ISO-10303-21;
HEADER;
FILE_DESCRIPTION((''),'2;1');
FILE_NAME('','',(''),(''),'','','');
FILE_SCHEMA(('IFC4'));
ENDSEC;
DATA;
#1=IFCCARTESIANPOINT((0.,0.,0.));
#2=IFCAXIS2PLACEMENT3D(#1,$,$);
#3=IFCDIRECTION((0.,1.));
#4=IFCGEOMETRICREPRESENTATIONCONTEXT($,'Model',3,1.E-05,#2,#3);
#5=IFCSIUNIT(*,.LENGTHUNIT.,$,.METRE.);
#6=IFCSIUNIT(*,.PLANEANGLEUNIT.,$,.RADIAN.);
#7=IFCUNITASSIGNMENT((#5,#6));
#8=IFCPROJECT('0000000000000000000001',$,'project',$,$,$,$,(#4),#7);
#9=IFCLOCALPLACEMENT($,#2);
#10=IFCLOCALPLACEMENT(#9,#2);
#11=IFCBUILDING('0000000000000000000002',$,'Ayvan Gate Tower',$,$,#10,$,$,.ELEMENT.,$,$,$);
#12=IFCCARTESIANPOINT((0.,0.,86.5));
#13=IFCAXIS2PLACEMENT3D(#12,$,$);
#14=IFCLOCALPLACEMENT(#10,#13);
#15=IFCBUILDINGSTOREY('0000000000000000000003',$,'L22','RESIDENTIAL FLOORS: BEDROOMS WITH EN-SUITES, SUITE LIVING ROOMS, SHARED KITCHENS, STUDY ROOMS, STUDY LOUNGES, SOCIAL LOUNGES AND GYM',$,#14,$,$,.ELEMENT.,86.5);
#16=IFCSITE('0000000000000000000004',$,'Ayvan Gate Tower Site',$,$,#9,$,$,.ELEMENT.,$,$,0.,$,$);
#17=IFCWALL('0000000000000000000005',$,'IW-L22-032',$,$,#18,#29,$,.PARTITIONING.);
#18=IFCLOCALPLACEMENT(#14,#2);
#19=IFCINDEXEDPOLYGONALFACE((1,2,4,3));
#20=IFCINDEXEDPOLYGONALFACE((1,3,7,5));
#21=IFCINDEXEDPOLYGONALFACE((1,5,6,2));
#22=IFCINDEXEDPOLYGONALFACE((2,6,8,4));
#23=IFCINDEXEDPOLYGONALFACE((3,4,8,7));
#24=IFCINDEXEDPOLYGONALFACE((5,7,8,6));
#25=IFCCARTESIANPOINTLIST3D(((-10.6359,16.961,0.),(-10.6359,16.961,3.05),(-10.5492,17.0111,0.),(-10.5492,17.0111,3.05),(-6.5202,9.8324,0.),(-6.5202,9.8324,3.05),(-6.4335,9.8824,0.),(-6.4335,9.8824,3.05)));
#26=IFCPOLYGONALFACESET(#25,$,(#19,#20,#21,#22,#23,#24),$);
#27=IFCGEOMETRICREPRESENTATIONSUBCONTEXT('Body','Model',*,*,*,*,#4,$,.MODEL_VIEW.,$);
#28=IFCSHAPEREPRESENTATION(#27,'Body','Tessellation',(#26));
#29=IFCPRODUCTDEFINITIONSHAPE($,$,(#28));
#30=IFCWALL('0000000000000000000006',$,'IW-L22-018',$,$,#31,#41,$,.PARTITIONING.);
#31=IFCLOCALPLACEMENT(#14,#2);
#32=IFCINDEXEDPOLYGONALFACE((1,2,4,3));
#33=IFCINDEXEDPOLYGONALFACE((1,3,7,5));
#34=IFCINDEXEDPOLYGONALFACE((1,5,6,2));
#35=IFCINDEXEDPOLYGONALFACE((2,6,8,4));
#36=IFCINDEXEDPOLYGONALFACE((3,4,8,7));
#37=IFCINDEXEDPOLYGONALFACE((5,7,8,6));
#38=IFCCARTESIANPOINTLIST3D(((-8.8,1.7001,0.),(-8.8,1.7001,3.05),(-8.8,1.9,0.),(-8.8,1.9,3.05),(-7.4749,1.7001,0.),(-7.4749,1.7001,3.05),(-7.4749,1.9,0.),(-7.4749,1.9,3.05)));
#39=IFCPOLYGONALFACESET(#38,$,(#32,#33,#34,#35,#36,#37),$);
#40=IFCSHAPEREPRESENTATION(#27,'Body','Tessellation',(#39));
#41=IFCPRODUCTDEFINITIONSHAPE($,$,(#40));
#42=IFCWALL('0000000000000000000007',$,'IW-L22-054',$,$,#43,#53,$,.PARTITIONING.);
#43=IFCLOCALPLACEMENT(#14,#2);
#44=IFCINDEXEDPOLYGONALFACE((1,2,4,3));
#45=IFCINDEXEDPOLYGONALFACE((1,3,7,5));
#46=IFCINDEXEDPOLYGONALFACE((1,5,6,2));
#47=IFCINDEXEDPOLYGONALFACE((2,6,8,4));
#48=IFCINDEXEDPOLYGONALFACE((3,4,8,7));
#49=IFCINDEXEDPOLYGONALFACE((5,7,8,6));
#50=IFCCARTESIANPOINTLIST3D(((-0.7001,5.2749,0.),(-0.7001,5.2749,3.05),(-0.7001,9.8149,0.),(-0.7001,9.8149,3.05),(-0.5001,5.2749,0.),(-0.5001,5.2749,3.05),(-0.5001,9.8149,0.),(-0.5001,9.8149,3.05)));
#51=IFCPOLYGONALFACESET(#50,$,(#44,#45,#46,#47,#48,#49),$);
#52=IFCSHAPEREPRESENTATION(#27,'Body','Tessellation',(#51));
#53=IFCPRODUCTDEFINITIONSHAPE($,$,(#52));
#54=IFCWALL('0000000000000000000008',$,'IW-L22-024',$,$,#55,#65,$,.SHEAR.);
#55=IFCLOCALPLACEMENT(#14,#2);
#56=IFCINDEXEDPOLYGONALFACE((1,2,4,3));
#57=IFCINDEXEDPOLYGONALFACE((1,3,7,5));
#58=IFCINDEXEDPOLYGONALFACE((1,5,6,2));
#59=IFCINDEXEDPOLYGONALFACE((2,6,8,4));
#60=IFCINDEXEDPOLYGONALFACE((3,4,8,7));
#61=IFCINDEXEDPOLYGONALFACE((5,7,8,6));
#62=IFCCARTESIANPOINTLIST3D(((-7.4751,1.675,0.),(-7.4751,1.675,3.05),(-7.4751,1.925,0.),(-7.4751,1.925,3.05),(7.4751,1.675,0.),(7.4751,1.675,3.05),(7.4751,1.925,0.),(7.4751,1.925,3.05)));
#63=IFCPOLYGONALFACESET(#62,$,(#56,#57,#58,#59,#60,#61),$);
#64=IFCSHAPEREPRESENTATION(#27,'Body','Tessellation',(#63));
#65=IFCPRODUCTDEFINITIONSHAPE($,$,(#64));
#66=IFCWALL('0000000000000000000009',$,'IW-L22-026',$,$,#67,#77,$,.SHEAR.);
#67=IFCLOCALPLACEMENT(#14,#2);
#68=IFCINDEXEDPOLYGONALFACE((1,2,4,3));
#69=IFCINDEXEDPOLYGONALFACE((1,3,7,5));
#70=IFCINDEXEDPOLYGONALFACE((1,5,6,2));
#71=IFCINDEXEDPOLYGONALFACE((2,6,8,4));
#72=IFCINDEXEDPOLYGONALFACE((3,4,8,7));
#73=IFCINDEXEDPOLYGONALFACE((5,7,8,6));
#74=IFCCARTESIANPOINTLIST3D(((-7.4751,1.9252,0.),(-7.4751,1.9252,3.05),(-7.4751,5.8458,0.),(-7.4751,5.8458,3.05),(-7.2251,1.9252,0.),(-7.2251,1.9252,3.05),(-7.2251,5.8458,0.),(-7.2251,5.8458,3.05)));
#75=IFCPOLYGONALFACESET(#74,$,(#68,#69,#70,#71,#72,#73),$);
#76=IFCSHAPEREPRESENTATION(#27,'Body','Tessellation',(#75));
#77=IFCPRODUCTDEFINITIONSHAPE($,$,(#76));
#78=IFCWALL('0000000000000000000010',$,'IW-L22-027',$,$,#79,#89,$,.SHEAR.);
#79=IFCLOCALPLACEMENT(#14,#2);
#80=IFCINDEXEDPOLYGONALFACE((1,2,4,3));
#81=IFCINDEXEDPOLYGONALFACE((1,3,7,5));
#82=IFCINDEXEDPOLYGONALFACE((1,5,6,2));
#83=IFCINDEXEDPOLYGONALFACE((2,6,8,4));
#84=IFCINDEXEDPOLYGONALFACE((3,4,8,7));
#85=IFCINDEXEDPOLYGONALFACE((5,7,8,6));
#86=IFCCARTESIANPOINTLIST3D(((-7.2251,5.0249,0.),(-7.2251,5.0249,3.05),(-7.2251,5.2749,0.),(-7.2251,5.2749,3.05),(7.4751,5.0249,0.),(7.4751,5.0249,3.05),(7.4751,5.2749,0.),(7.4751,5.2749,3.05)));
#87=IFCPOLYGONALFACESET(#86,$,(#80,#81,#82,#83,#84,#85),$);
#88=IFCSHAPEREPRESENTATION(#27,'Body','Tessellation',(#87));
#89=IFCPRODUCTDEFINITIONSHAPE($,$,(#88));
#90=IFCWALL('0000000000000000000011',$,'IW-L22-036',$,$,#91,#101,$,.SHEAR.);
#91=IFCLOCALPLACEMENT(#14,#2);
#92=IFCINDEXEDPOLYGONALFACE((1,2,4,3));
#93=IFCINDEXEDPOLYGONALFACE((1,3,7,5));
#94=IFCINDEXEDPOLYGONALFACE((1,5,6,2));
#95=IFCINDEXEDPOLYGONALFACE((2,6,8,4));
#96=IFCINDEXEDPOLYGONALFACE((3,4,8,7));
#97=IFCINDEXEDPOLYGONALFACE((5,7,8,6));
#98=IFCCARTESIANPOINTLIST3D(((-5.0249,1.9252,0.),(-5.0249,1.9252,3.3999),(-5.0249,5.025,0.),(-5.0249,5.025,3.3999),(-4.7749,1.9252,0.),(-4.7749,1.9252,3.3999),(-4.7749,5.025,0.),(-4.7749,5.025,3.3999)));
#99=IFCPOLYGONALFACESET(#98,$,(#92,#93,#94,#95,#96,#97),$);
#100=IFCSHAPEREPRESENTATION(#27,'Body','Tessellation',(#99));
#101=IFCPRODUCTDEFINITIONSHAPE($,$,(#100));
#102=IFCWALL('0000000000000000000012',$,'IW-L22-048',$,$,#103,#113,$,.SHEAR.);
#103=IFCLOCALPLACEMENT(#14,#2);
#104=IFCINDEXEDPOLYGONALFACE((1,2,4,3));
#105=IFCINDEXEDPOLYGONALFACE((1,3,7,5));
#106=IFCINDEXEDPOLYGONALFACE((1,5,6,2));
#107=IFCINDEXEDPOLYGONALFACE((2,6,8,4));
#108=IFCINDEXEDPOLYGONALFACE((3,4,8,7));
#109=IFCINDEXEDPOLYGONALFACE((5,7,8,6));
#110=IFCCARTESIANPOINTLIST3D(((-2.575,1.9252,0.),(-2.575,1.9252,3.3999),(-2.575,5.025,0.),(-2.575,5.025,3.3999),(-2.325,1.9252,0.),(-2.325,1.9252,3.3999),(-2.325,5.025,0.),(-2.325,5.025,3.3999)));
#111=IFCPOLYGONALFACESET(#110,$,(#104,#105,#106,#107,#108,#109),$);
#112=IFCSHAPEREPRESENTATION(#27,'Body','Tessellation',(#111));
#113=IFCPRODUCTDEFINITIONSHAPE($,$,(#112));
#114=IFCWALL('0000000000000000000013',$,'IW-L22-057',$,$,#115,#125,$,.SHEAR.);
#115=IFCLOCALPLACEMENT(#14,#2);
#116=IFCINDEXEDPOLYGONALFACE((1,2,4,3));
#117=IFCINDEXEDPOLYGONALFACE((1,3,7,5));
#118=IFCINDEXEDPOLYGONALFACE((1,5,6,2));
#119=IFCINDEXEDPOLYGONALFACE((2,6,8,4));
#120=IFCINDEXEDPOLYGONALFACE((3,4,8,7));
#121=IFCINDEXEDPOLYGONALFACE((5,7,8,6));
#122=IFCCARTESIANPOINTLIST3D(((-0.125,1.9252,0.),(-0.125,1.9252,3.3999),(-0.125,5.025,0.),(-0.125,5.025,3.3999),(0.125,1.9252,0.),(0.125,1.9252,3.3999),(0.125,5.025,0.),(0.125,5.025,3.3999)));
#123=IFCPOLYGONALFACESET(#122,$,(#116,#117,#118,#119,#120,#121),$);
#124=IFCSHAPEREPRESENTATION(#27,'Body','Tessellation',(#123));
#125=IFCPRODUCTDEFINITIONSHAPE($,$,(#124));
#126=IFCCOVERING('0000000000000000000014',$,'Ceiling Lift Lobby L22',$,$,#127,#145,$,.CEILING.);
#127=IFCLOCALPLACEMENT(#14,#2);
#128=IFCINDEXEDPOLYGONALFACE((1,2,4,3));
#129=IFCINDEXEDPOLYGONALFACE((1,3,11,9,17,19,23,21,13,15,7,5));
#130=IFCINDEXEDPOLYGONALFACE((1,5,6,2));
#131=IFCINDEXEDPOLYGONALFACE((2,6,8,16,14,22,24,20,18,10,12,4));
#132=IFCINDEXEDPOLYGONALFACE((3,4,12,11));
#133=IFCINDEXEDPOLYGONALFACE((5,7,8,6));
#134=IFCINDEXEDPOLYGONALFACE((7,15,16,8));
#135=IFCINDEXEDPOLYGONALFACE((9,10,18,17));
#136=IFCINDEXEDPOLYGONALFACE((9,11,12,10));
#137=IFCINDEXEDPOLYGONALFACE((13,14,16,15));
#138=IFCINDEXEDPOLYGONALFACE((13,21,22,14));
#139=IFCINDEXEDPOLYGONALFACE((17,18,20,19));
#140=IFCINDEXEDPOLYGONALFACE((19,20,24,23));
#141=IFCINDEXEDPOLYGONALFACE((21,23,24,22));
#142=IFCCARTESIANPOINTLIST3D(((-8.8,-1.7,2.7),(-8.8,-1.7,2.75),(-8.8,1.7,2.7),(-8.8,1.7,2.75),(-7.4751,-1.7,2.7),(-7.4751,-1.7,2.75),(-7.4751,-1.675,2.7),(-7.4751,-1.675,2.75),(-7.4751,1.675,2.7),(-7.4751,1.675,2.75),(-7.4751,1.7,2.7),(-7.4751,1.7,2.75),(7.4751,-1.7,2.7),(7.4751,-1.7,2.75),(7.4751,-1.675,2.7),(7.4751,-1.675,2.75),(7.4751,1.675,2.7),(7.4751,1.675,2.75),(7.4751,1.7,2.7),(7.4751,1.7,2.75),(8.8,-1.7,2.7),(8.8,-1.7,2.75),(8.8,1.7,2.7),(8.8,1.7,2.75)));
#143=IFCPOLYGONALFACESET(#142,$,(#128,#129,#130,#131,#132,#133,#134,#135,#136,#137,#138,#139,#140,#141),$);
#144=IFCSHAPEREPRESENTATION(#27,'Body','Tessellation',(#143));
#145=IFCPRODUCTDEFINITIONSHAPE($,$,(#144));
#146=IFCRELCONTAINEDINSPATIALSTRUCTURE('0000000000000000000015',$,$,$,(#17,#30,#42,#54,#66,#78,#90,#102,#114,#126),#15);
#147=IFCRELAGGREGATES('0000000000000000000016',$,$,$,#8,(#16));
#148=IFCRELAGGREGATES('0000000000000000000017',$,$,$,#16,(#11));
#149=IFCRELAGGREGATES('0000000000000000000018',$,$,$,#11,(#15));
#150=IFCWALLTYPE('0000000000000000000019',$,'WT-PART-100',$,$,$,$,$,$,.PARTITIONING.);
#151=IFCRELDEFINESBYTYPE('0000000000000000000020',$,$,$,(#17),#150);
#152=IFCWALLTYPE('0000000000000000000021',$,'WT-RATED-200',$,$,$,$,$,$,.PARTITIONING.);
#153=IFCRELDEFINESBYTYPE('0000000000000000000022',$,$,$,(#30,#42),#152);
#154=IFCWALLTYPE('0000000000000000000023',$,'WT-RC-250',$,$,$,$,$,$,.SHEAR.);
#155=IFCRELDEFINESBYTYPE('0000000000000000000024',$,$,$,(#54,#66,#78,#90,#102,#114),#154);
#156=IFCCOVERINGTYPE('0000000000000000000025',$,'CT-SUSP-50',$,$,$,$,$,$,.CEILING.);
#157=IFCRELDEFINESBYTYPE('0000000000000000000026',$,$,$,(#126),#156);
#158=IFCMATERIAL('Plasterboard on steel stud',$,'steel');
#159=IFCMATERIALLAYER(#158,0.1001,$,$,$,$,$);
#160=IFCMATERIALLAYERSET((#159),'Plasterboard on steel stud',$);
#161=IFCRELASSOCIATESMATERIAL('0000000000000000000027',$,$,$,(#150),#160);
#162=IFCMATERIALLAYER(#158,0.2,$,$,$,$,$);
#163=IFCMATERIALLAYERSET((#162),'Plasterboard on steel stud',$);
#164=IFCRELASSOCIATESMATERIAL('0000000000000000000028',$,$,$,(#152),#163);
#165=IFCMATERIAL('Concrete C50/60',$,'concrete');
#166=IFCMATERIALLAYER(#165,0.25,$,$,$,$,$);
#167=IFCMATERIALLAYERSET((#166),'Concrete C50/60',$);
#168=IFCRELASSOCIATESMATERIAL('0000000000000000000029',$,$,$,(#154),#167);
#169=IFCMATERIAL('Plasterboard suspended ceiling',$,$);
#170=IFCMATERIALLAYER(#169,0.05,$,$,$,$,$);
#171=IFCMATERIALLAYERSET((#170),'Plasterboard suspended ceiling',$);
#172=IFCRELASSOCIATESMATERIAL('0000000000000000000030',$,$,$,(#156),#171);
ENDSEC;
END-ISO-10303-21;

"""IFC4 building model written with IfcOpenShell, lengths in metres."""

from ifc_helpers import new_model, si_unit, direction, frame, frame_2d, origin, place, context, subcontext, project, spatial, polyline, rectangle, outline, extrude, material, layer, layer_set, type_object, element, save


model = new_model("IFC4")

# Units and contexts
model_context = context("Model", 3, precision=1e-05, world=origin(), true_north=direction((0.0, 1.0)))
body_context = subcontext(model_context, "Body", "Model", "MODEL_VIEW")
ifc_project = project(units=[si_unit("LENGTHUNIT", "METRE"), si_unit("PLANEANGLEUNIT", "RADIAN")], contexts=[model_context])

# Site, building, storey
site_placement = place(None, origin())
site = spatial("IfcSite", under=ifc_project, at=site_placement, Name="Ayvan Gate Tower Site", CompositionType="ELEMENT", RefElevation=0.0)
building_placement = place(site_placement, origin())
building = spatial("IfcBuilding", under=site, at=building_placement, Name="Ayvan Gate Tower", CompositionType="ELEMENT")
storey_placement = place(building_placement, frame((0.0, 0.0, 86.5)))
storey = spatial("IfcBuildingStorey", under=building, at=storey_placement, Name="L22", Description="RESIDENTIAL FLOORS: BEDROOMS WITH EN-SUITES, SUITE LIVING ROOMS, SHARED KITCHENS, STUDY ROOMS, STUDY LOUNGES, SOCIAL LOUNGES AND GYM", CompositionType="ELEMENT", Elevation=86.5)

# Shared definitions
ifc_material_1 = material(Name="Plasterboard on steel stud", Category="steel")

# Walls
ifc_layer_1 = layer(ifc_material_1, 0.1001)
ifc_layer_set_1 = layer_set([ifc_layer_1], Name="Plasterboard on steel stud")
wall_type_1 = type_object("IfcWallType", Name="WT-PART-100", PredefinedType="PARTITIONING", material=ifc_layer_set_1)
wall_1_placement = place(storey_placement, frame((-6.4768, 9.8574, 0.0), z_axis=(0.0, 0.0, 1.0), x_axis=(-0.499999, 0.866026, 0.0)))
element("IfcWall", 1, at=wall_1_placement, inside=storey, type_object=wall_type_1, Name="IW-L22-032", PredefinedType="PARTITIONING", context=body_context, shape_type="SweptSolid", body=[
    extrude(rectangle(XDim=8.2314, YDim=0.1001, at=frame_2d((4.1157, 0.0))), origin(), (0.0, 0.0, 1.0), 3.05),
])
ifc_layer_2 = layer(ifc_material_1, 0.2)
ifc_layer_set_2 = layer_set([ifc_layer_2], Name="Plasterboard on steel stud")
wall_type_2 = type_object("IfcWallType", Name="WT-RATED-200", PredefinedType="PARTITIONING", material=ifc_layer_set_2)
wall_2_placement = place(storey_placement, frame((-8.8, 1.8, 0.0), z_axis=(0.0, 0.0, 1.0), x_axis=(1.0, 0.0, 0.0)))
element("IfcWall", 2, at=wall_2_placement, inside=storey, type_object=wall_type_2, Name="IW-L22-018", PredefinedType="PARTITIONING", context=body_context, shape_type="SweptSolid", body=[
    extrude(rectangle(XDim=1.3252, YDim=0.2, at=frame_2d((0.6626, 0.0))), origin(), (0.0, 0.0, 1.0), 3.05),
])
wall_3_placement = place(storey_placement, frame((-0.6001, 9.8149, 0.0), z_axis=(0.0, 0.0, 1.0), x_axis=(0.0, -1.0, 0.0)))
element("IfcWall", 3, at=wall_3_placement, inside=storey, type_object=wall_type_2, Name="IW-L22-054", PredefinedType="PARTITIONING", context=body_context, shape_type="SweptSolid", body=[
    extrude(rectangle(XDim=4.54, YDim=0.2, at=frame_2d((2.27, 0.0))), origin(), (0.0, 0.0, 1.0), 3.05),
])
ifc_material_2 = material(Name="Concrete C50/60", Category="concrete")
ifc_layer_3 = layer(ifc_material_2, 0.25)
ifc_layer_set_3 = layer_set([ifc_layer_3], Name="Concrete C50/60")
wall_type_3 = type_object("IfcWallType", Name="WT-RC-250", PredefinedType="SHEAR", material=ifc_layer_set_3)
wall_4_placement = place(storey_placement, frame((-7.4751, 1.8, 0.0), z_axis=(0.0, 0.0, 1.0), x_axis=(1.0, 0.0, 0.0)))
element("IfcWall", 4, at=wall_4_placement, inside=storey, type_object=wall_type_3, Name="IW-L22-024", PredefinedType="SHEAR", context=body_context, shape_type="SweptSolid", body=[
    extrude(rectangle(XDim=14.9502, YDim=0.25, at=frame_2d((7.4751, 0.0))), origin(), (0.0, 0.0, 1.0), 3.05),
])
wall_5_placement = place(storey_placement, frame((-7.3501, 1.925, 0.0), z_axis=(0.0, 0.0, 1.0), x_axis=(0.0, 1.0, 0.0)))
element("IfcWall", 5, at=wall_5_placement, inside=storey, type_object=wall_type_3, Name="IW-L22-026", PredefinedType="SHEAR", context=body_context, shape_type="SweptSolid", body=[
    extrude(rectangle(XDim=3.9207, YDim=0.25, at=frame_2d((1.9604, 0.0))), origin(), (0.0, 0.0, 1.0), 3.05),
])
wall_6_placement = place(storey_placement, frame((-7.2251, 5.1499, 0.0), z_axis=(0.0, 0.0, 1.0), x_axis=(1.0, 0.0, 0.0)))
element("IfcWall", 6, at=wall_6_placement, inside=storey, type_object=wall_type_3, Name="IW-L22-027", PredefinedType="SHEAR", context=body_context, shape_type="SweptSolid", body=[
    extrude(rectangle(XDim=14.7002, YDim=0.25, at=frame_2d((7.3501, 0.0))), origin(), (0.0, 0.0, 1.0), 3.05),
])
for number, where, z_axis, x_axis, name in (
    (7, (-4.8999, 5.0249, 0.0), (0.0, 0.0, 1.0), (0.0, -1.0, 0.0), "IW-L22-036"),
    (8, (-2.45, 5.0249, 0.0), (0.0, 0.0, 1.0), (0.0, -1.0, 0.0), "IW-L22-048"),
    (9, (0.0, 5.0249, 0.0), (0.0, 0.0, 1.0), (0.0, -1.0, 0.0), "IW-L22-057"),
):
    element("IfcWall", number, at=place(storey_placement, frame(where, z_axis=z_axis, x_axis=x_axis)), inside=storey, type_object=wall_type_3, Name=name, PredefinedType="SHEAR", context=body_context, shape_type="SweptSolid", body=[
        extrude(rectangle(XDim=3.0999, YDim=0.25, at=frame_2d((1.5498, 0.0))), origin(), (0.0, 0.0, 1.0), 3.3999),
    ])

# Covering
ifc_material_3 = material(Name="Plasterboard suspended ceiling")
ifc_layer_4 = layer(ifc_material_3, 0.05)
ifc_layer_set_4 = layer_set([ifc_layer_4], Name="Plasterboard suspended ceiling")
covering_type = type_object("IfcCoveringType", Name="CT-SUSP-50", PredefinedType="CEILING", material=ifc_layer_set_4)
covering_1_placement = place(storey_placement, frame((0.0, 0.0, 2.7)))
element("IfcCovering", 10, at=covering_1_placement, inside=storey, type_object=covering_type, Name="Ceiling Lift Lobby L22", PredefinedType="CEILING", context=body_context, shape_type="SweptSolid", body=[
    extrude(outline(polyline([(7.4751, -1.675), (-7.4751, -1.675), (-7.4751, -1.7), (-8.8, -1.7), (-8.8, 1.7), (-7.4751, 1.7), (-7.4751, 1.675), (7.4751, 1.675), (7.4751, 1.7), (8.8, 1.7), (8.8, -1.7), (7.4751, -1.7), (7.4751, -1.675)])), origin(), (0.0, 0.0, 1.0), 0.05),
])

save(model, "model.ifc")
